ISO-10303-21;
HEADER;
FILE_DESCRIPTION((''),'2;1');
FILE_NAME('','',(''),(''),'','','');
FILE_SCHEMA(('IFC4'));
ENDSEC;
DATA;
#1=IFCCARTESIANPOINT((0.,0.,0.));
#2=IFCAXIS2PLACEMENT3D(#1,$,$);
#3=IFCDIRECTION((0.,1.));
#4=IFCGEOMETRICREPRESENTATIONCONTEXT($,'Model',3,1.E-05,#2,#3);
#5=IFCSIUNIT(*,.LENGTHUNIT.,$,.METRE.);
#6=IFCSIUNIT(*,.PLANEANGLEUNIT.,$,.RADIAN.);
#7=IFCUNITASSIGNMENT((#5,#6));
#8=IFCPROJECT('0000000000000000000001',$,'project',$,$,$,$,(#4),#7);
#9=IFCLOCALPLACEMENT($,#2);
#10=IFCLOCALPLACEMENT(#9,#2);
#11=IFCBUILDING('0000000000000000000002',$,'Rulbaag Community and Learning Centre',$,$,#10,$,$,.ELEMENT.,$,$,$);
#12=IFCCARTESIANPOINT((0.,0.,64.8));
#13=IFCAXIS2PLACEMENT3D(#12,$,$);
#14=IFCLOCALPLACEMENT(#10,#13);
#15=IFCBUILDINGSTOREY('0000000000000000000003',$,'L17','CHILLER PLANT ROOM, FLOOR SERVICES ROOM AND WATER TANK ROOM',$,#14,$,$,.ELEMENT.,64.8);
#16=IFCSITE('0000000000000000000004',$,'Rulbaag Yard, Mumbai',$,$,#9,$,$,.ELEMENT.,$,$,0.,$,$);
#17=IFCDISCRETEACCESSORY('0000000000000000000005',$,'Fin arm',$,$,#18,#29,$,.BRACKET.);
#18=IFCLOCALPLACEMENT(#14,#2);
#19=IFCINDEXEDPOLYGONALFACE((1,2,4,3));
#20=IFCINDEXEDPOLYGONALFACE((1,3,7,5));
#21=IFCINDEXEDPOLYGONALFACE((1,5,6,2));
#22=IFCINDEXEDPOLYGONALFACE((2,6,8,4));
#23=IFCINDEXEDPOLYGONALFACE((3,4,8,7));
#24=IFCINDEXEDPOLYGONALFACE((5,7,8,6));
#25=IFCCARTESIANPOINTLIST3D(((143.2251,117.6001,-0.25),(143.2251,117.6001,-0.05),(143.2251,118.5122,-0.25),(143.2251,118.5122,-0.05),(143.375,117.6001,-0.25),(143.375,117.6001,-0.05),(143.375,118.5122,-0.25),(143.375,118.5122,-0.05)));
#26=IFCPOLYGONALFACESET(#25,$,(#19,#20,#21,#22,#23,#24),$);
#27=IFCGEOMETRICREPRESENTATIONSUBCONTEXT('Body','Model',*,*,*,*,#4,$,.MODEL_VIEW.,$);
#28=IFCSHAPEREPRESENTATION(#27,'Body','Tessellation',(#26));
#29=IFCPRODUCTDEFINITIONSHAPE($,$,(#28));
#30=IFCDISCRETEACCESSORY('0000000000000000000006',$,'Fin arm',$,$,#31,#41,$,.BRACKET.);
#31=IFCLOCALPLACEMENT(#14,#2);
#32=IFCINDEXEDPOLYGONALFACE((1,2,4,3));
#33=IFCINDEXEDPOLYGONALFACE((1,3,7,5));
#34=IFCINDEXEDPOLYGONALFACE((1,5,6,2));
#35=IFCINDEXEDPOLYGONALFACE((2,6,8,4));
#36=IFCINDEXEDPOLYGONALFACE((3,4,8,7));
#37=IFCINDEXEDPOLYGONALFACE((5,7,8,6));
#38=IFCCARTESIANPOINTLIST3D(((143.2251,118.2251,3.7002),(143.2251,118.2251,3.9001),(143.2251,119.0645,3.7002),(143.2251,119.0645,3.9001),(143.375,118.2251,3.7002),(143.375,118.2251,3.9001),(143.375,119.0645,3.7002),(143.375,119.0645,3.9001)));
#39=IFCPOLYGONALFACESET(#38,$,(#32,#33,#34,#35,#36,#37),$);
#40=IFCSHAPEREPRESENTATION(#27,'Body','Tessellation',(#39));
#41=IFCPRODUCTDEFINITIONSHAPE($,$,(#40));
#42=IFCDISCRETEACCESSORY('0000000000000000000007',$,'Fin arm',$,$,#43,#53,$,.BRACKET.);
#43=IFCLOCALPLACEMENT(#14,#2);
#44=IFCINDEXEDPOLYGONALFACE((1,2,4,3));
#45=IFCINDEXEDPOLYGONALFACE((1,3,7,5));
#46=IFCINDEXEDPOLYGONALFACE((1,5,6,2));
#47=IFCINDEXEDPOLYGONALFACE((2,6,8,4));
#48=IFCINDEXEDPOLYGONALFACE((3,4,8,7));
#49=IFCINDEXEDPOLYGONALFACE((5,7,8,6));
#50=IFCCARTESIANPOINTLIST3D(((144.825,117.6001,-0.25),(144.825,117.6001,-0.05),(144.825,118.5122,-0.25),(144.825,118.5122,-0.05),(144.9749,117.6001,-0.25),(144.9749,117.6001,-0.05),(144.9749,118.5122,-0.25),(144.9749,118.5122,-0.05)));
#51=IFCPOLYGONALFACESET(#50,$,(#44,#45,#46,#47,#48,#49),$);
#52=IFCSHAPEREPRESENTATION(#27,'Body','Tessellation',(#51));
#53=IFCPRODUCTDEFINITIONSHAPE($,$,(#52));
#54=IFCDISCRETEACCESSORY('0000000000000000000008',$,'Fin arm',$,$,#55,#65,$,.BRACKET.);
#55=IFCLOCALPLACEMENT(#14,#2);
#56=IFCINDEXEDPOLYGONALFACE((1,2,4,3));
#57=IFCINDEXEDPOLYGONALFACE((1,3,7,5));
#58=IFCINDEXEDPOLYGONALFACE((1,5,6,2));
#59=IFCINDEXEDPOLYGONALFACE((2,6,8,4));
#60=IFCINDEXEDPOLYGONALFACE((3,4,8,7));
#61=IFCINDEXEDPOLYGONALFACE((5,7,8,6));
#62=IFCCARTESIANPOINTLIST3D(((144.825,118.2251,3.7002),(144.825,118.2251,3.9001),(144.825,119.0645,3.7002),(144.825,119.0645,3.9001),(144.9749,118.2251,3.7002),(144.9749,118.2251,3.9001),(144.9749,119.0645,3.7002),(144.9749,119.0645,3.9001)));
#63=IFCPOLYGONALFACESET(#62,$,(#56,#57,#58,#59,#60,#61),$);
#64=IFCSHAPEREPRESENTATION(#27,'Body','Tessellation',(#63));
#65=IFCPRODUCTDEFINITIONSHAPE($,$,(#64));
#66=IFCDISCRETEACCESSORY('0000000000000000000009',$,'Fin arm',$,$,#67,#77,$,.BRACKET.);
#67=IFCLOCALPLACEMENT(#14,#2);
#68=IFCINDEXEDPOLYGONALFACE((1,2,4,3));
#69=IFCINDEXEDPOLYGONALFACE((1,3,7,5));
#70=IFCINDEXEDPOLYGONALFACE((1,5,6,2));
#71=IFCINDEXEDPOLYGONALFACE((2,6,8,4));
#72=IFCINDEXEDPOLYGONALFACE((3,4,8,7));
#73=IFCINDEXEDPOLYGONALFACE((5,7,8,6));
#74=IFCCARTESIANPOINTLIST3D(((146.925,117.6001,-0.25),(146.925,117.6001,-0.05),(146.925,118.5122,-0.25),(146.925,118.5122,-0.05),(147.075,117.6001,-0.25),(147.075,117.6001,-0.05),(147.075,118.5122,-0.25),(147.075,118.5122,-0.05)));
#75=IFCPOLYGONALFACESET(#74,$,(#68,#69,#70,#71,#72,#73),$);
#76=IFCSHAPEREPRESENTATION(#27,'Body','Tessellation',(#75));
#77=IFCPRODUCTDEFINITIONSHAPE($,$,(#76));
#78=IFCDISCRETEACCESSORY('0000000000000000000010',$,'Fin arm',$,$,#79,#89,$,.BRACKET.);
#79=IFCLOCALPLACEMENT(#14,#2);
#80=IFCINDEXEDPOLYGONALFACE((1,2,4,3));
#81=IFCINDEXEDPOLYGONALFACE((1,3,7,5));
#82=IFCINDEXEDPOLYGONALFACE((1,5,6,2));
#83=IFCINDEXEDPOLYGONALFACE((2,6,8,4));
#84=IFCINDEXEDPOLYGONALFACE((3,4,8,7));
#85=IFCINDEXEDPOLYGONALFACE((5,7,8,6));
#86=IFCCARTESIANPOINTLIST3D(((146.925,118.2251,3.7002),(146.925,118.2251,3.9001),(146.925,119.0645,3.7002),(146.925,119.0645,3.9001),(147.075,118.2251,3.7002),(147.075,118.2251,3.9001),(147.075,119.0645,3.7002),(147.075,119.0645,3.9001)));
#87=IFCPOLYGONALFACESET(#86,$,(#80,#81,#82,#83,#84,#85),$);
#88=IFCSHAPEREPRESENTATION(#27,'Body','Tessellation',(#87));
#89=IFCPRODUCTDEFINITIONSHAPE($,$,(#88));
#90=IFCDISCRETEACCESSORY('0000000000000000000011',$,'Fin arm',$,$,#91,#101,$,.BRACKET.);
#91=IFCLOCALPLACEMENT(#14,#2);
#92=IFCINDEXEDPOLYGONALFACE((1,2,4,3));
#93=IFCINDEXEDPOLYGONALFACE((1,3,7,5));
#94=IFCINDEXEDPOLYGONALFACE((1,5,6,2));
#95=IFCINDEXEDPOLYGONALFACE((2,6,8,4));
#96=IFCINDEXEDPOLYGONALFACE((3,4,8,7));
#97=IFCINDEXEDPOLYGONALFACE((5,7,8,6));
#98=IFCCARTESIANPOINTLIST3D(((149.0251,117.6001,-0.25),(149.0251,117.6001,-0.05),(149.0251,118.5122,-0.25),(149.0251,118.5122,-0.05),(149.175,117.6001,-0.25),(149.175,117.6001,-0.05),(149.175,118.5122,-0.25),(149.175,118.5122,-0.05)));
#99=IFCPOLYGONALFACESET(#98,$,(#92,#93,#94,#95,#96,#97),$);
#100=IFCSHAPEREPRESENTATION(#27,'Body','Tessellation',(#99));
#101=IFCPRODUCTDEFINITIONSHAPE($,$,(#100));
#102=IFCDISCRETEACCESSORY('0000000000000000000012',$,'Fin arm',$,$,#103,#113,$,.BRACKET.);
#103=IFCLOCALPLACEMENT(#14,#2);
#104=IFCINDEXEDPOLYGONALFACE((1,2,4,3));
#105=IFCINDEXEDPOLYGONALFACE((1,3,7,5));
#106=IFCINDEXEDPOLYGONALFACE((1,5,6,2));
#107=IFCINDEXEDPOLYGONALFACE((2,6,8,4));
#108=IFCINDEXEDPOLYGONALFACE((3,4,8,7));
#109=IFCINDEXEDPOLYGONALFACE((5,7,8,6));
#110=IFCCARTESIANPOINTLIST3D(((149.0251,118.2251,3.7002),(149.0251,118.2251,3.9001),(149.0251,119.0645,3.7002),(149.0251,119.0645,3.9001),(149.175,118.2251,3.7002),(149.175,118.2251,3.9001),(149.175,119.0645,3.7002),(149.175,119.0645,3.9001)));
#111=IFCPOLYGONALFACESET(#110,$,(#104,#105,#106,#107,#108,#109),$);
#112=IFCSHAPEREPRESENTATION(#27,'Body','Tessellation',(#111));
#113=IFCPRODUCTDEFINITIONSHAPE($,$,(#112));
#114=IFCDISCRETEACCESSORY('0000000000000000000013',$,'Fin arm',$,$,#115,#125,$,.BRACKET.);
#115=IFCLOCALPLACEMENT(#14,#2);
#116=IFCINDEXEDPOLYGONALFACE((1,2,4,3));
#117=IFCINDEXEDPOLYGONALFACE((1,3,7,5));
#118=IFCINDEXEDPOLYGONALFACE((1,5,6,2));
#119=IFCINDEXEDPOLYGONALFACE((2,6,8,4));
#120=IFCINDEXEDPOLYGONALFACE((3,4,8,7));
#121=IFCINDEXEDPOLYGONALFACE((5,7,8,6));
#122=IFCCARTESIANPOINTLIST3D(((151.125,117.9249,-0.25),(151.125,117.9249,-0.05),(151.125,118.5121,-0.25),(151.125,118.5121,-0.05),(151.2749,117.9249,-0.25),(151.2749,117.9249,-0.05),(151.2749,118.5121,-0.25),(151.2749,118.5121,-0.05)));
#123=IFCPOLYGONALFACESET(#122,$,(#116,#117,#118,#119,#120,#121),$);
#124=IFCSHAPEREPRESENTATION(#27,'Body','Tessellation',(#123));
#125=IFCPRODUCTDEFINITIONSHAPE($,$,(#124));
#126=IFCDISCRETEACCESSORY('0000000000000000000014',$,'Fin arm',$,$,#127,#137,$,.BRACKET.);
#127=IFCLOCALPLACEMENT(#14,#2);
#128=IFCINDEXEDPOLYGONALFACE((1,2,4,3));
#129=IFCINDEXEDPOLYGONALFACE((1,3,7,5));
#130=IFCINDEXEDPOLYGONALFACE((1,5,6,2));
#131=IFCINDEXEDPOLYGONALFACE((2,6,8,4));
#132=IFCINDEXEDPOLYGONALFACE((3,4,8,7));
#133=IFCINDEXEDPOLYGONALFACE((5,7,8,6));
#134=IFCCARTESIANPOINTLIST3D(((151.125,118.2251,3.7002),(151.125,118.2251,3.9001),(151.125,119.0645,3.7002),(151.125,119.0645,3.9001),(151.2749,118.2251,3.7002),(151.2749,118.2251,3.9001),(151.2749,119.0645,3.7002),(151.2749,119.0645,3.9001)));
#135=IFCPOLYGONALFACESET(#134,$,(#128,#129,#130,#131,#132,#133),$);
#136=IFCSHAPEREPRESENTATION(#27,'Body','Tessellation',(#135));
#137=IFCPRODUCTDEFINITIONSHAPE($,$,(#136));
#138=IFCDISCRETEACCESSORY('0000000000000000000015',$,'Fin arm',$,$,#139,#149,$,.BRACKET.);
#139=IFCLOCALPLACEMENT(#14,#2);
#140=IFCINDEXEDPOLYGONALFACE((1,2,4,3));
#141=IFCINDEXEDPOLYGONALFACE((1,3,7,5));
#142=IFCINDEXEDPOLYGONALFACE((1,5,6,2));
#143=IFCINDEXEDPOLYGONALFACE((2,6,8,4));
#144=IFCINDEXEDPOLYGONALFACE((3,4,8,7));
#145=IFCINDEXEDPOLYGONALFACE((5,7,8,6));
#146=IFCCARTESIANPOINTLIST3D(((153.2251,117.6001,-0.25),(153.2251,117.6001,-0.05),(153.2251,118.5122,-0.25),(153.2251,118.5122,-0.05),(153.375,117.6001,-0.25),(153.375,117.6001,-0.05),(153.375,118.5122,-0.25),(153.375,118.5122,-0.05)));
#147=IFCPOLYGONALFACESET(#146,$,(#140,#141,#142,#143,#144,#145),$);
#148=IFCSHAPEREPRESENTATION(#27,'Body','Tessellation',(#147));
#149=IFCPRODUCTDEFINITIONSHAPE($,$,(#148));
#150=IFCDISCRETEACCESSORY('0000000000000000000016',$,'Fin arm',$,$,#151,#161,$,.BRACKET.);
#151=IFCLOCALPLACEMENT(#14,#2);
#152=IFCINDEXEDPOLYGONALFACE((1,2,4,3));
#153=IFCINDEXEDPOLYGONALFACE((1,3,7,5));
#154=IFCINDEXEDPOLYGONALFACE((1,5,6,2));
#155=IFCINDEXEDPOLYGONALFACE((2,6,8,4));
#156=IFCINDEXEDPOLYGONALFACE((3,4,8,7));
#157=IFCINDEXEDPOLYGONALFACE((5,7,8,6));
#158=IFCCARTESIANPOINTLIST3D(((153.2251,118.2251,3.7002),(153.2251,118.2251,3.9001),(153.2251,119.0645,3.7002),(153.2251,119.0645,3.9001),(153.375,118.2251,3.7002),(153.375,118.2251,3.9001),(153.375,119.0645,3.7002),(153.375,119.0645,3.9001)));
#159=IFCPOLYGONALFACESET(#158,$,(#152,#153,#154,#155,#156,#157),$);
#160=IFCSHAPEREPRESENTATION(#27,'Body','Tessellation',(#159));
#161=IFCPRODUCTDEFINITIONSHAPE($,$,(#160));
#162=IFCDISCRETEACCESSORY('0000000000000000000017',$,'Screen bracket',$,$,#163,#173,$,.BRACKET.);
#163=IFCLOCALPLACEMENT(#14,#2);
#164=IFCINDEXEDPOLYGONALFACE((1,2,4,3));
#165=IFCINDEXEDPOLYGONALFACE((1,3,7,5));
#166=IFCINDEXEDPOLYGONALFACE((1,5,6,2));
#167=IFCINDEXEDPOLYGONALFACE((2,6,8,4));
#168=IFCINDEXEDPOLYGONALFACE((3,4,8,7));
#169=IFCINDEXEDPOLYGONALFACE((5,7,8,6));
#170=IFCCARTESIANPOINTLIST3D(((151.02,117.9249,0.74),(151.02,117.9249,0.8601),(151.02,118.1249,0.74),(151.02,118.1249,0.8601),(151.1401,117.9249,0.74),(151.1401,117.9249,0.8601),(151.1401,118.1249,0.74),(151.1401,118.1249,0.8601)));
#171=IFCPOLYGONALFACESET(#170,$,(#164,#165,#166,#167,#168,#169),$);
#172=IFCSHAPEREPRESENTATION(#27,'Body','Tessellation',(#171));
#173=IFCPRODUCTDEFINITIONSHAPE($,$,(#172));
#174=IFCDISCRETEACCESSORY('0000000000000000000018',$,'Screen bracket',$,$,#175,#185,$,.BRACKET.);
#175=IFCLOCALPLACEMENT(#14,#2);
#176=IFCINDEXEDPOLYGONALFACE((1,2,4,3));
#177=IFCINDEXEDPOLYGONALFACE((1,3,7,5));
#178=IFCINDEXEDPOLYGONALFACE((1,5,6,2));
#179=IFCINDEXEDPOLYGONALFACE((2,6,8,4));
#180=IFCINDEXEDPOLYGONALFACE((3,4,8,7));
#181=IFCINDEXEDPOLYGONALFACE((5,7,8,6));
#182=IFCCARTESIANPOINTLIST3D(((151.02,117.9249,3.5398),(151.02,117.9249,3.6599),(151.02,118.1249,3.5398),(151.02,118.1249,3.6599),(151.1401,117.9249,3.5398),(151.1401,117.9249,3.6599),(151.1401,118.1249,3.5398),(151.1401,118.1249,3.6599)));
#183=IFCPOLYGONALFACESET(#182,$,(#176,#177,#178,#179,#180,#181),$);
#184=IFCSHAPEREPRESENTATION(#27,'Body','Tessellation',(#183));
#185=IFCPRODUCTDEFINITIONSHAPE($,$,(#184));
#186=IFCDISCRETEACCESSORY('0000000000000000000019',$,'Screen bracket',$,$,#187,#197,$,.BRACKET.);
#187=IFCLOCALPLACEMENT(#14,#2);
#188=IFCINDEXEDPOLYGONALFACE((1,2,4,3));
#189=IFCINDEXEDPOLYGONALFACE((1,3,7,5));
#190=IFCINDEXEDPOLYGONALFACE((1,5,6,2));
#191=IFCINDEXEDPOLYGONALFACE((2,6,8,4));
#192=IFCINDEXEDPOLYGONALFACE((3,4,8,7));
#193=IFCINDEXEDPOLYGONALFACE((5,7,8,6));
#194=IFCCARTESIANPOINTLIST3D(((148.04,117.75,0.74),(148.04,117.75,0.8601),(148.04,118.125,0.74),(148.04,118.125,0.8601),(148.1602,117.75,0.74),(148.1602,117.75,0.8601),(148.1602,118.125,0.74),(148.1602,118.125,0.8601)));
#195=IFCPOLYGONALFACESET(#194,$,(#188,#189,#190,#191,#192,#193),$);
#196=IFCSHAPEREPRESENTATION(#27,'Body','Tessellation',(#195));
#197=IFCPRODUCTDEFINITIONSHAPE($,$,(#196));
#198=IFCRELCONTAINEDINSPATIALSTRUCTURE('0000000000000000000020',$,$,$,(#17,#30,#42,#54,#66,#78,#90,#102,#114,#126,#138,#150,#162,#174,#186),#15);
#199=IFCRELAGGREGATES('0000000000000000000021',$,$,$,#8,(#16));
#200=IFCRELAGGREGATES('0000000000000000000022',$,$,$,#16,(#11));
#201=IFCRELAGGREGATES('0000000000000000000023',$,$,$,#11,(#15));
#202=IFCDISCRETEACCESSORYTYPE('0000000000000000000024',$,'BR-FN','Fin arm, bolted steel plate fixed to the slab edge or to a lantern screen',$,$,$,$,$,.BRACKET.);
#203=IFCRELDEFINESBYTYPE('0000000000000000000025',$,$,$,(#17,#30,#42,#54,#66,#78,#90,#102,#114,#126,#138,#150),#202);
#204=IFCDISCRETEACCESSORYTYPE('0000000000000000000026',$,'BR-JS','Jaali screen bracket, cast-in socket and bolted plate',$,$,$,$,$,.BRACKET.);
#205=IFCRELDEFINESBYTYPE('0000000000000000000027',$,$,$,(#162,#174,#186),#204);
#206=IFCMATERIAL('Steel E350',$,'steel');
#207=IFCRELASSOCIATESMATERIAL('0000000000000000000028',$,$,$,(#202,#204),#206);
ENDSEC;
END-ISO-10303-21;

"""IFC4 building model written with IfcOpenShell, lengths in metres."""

from ifc_helpers import new_model, si_unit, direction, frame, origin, origin_2d, place, context, subcontext, project, spatial, rectangle, extrude, material, type_object, element, save


model = new_model("IFC4")

# Units and contexts
model_context = context("Model", 3, precision=1e-05, world=origin(), true_north=direction((0.0, 1.0)))
body_context = subcontext(model_context, "Body", "Model", "MODEL_VIEW")
ifc_project = project(units=[si_unit("LENGTHUNIT", "METRE"), si_unit("PLANEANGLEUNIT", "RADIAN")], contexts=[model_context])

# Site, building, storey
site_placement = place(None, origin())
site = spatial("IfcSite", under=ifc_project, at=site_placement, Name="Rulbaag Yard, Mumbai", CompositionType="ELEMENT", RefElevation=0.0)
building_placement = place(site_placement, origin())
building = spatial("IfcBuilding", under=site, at=building_placement, Name="Rulbaag Community and Learning Centre", CompositionType="ELEMENT")
storey_placement = place(building_placement, frame((0.0, 0.0, 64.8)))
storey = spatial("IfcBuildingStorey", under=building, at=storey_placement, Name="L17", Description="CHILLER PLANT ROOM, FLOOR SERVICES ROOM AND WATER TANK ROOM", CompositionType="ELEMENT", Elevation=64.8)

# Discrete accessories
ifc_material_1 = material(Name="Steel E350", Category="steel")
discrete_accessory_type_1 = type_object("IfcDiscreteAccessoryType", Name="BR-FN", Description="Fin arm, bolted steel plate fixed to the slab edge or to a lantern screen", PredefinedType="BRACKET", material=ifc_material_1)
discrete_accessory_1_placement = place(storey_placement, frame((143.3, 118.0562, -0.25), z_axis=(0.0, 0.0, 1.0), x_axis=(1.0, 0.0, 0.0)))
element("IfcDiscreteAccessory", 1, at=discrete_accessory_1_placement, inside=storey, type_object=discrete_accessory_type_1, Name="Fin arm", PredefinedType="BRACKET", context=body_context, shape_type="SweptSolid", body=[
    extrude(rectangle(XDim=0.1499, YDim=0.9121, at=origin_2d()), origin(), (0.0, 0.0, 1.0), 0.2),
])
discrete_accessory_2_placement = place(storey_placement, frame((143.3, 118.6448, 3.7002), z_axis=(0.0, 0.0, 1.0), x_axis=(1.0, 0.0, 0.0)))
element("IfcDiscreteAccessory", 2, at=discrete_accessory_2_placement, inside=storey, type_object=discrete_accessory_type_1, Name="Fin arm", PredefinedType="BRACKET", context=body_context, shape_type="SweptSolid", body=[
    extrude(rectangle(XDim=0.1499, YDim=0.8394, at=origin_2d()), origin(), (0.0, 0.0, 1.0), 0.2),
])
discrete_accessory_3_placement = place(storey_placement, frame((144.8999, 118.0562, -0.25), z_axis=(0.0, 0.0, 1.0), x_axis=(1.0, 0.0, 0.0)))
element("IfcDiscreteAccessory", 3, at=discrete_accessory_3_placement, inside=storey, type_object=discrete_accessory_type_1, Name="Fin arm", PredefinedType="BRACKET", context=body_context, shape_type="SweptSolid", body=[
    extrude(rectangle(XDim=0.1499, YDim=0.9121, at=origin_2d()), origin(), (0.0, 0.0, 1.0), 0.2),
])
discrete_accessory_4_placement = place(storey_placement, frame((144.8999, 118.6448, 3.7002), z_axis=(0.0, 0.0, 1.0), x_axis=(1.0, 0.0, 0.0)))
element("IfcDiscreteAccessory", 4, at=discrete_accessory_4_placement, inside=storey, type_object=discrete_accessory_type_1, Name="Fin arm", PredefinedType="BRACKET", context=body_context, shape_type="SweptSolid", body=[
    extrude(rectangle(XDim=0.1499, YDim=0.8394, at=origin_2d()), origin(), (0.0, 0.0, 1.0), 0.2),
])
discrete_accessory_5_placement = place(storey_placement, frame((147.0, 118.0562, -0.25), z_axis=(0.0, 0.0, 1.0), x_axis=(1.0, 0.0, 0.0)))
element("IfcDiscreteAccessory", 5, at=discrete_accessory_5_placement, inside=storey, type_object=discrete_accessory_type_1, Name="Fin arm", PredefinedType="BRACKET", context=body_context, shape_type="SweptSolid", body=[
    extrude(rectangle(XDim=0.1499, YDim=0.9121, at=origin_2d()), origin(), (0.0, 0.0, 1.0), 0.2),
])
discrete_accessory_6_placement = place(storey_placement, frame((147.0, 118.6448, 3.7002), z_axis=(0.0, 0.0, 1.0), x_axis=(1.0, 0.0, 0.0)))
element("IfcDiscreteAccessory", 6, at=discrete_accessory_6_placement, inside=storey, type_object=discrete_accessory_type_1, Name="Fin arm", PredefinedType="BRACKET", context=body_context, shape_type="SweptSolid", body=[
    extrude(rectangle(XDim=0.1499, YDim=0.8394, at=origin_2d()), origin(), (0.0, 0.0, 1.0), 0.2),
])
discrete_accessory_7_placement = place(storey_placement, frame((149.1001, 118.0562, -0.25), z_axis=(0.0, 0.0, 1.0), x_axis=(1.0, 0.0, 0.0)))
element("IfcDiscreteAccessory", 7, at=discrete_accessory_7_placement, inside=storey, type_object=discrete_accessory_type_1, Name="Fin arm", PredefinedType="BRACKET", context=body_context, shape_type="SweptSolid", body=[
    extrude(rectangle(XDim=0.1499, YDim=0.9121, at=origin_2d()), origin(), (0.0, 0.0, 1.0), 0.2),
])
discrete_accessory_8_placement = place(storey_placement, frame((149.1001, 118.6448, 3.7002), z_axis=(0.0, 0.0, 1.0), x_axis=(1.0, 0.0, 0.0)))
element("IfcDiscreteAccessory", 8, at=discrete_accessory_8_placement, inside=storey, type_object=discrete_accessory_type_1, Name="Fin arm", PredefinedType="BRACKET", context=body_context, shape_type="SweptSolid", body=[
    extrude(rectangle(XDim=0.1499, YDim=0.8394, at=origin_2d()), origin(), (0.0, 0.0, 1.0), 0.2),
])
discrete_accessory_9_placement = place(storey_placement, frame((151.2, 118.2185, -0.25), z_axis=(0.0, 0.0, 1.0), x_axis=(1.0, 0.0, 0.0)))
element("IfcDiscreteAccessory", 9, at=discrete_accessory_9_placement, inside=storey, type_object=discrete_accessory_type_1, Name="Fin arm", PredefinedType="BRACKET", context=body_context, shape_type="SweptSolid", body=[
    extrude(rectangle(XDim=0.1499, YDim=0.5872, at=origin_2d()), origin(), (0.0, 0.0, 1.0), 0.2),
])
discrete_accessory_10_placement = place(storey_placement, frame((151.2, 118.6448, 3.7002), z_axis=(0.0, 0.0, 1.0), x_axis=(1.0, 0.0, 0.0)))
element("IfcDiscreteAccessory", 10, at=discrete_accessory_10_placement, inside=storey, type_object=discrete_accessory_type_1, Name="Fin arm", PredefinedType="BRACKET", context=body_context, shape_type="SweptSolid", body=[
    extrude(rectangle(XDim=0.1499, YDim=0.8394, at=origin_2d()), origin(), (0.0, 0.0, 1.0), 0.2),
])
discrete_accessory_11_placement = place(storey_placement, frame((153.3, 118.0562, -0.25), z_axis=(0.0, 0.0, 1.0), x_axis=(1.0, 0.0, 0.0)))
element("IfcDiscreteAccessory", 11, at=discrete_accessory_11_placement, inside=storey, type_object=discrete_accessory_type_1, Name="Fin arm", PredefinedType="BRACKET", context=body_context, shape_type="SweptSolid", body=[
    extrude(rectangle(XDim=0.1499, YDim=0.9121, at=origin_2d()), origin(), (0.0, 0.0, 1.0), 0.2),
])
discrete_accessory_12_placement = place(storey_placement, frame((153.3, 118.6448, 3.7002), z_axis=(0.0, 0.0, 1.0), x_axis=(1.0, 0.0, 0.0)))
element("IfcDiscreteAccessory", 12, at=discrete_accessory_12_placement, inside=storey, type_object=discrete_accessory_type_1, Name="Fin arm", PredefinedType="BRACKET", context=body_context, shape_type="SweptSolid", body=[
    extrude(rectangle(XDim=0.1499, YDim=0.8394, at=origin_2d()), origin(), (0.0, 0.0, 1.0), 0.2),
])
discrete_accessory_type_2 = type_object("IfcDiscreteAccessoryType", Name="BR-JS", Description="Jaali screen bracket, cast-in socket and bolted plate", PredefinedType="BRACKET", material=ifc_material_1)
for number, where, z_axis, x_axis, name in (
    (13, (151.0801, 118.0249, 0.74), (0.0, 0.0, 1.0), (1.0, 0.0, 0.0), "Screen bracket"),
    (14, (151.0801, 118.0249, 3.5398), (0.0, 0.0, 1.0), (1.0, 0.0, 0.0), "Screen bracket"),
):
    element("IfcDiscreteAccessory", number, at=place(storey_placement, frame(where, z_axis=z_axis, x_axis=x_axis)), inside=storey, type_object=discrete_accessory_type_2, Name=name, PredefinedType="BRACKET", context=body_context, shape_type="SweptSolid", body=[
        extrude(rectangle(XDim=0.1201, YDim=0.2, at=origin_2d()), origin(), (0.0, 0.0, 1.0), 0.1201),
    ])
for number, where, z_axis, x_axis, name in (
    (15, (148.1001, 117.9375, 0.74), (0.0, 0.0, 1.0), (1.0, 0.0, 0.0), "Screen bracket"),
):
    element("IfcDiscreteAccessory", number, at=place(storey_placement, frame(where, z_axis=z_axis, x_axis=x_axis)), inside=storey, type_object=discrete_accessory_type_2, Name=name, PredefinedType="BRACKET", context=body_context, shape_type="SweptSolid", body=[
        extrude(rectangle(XDim=0.1201, YDim=0.375, at=origin_2d()), origin(), (0.0, 0.0, 1.0), 0.1201),
    ])

save(model, "model.ifc")
